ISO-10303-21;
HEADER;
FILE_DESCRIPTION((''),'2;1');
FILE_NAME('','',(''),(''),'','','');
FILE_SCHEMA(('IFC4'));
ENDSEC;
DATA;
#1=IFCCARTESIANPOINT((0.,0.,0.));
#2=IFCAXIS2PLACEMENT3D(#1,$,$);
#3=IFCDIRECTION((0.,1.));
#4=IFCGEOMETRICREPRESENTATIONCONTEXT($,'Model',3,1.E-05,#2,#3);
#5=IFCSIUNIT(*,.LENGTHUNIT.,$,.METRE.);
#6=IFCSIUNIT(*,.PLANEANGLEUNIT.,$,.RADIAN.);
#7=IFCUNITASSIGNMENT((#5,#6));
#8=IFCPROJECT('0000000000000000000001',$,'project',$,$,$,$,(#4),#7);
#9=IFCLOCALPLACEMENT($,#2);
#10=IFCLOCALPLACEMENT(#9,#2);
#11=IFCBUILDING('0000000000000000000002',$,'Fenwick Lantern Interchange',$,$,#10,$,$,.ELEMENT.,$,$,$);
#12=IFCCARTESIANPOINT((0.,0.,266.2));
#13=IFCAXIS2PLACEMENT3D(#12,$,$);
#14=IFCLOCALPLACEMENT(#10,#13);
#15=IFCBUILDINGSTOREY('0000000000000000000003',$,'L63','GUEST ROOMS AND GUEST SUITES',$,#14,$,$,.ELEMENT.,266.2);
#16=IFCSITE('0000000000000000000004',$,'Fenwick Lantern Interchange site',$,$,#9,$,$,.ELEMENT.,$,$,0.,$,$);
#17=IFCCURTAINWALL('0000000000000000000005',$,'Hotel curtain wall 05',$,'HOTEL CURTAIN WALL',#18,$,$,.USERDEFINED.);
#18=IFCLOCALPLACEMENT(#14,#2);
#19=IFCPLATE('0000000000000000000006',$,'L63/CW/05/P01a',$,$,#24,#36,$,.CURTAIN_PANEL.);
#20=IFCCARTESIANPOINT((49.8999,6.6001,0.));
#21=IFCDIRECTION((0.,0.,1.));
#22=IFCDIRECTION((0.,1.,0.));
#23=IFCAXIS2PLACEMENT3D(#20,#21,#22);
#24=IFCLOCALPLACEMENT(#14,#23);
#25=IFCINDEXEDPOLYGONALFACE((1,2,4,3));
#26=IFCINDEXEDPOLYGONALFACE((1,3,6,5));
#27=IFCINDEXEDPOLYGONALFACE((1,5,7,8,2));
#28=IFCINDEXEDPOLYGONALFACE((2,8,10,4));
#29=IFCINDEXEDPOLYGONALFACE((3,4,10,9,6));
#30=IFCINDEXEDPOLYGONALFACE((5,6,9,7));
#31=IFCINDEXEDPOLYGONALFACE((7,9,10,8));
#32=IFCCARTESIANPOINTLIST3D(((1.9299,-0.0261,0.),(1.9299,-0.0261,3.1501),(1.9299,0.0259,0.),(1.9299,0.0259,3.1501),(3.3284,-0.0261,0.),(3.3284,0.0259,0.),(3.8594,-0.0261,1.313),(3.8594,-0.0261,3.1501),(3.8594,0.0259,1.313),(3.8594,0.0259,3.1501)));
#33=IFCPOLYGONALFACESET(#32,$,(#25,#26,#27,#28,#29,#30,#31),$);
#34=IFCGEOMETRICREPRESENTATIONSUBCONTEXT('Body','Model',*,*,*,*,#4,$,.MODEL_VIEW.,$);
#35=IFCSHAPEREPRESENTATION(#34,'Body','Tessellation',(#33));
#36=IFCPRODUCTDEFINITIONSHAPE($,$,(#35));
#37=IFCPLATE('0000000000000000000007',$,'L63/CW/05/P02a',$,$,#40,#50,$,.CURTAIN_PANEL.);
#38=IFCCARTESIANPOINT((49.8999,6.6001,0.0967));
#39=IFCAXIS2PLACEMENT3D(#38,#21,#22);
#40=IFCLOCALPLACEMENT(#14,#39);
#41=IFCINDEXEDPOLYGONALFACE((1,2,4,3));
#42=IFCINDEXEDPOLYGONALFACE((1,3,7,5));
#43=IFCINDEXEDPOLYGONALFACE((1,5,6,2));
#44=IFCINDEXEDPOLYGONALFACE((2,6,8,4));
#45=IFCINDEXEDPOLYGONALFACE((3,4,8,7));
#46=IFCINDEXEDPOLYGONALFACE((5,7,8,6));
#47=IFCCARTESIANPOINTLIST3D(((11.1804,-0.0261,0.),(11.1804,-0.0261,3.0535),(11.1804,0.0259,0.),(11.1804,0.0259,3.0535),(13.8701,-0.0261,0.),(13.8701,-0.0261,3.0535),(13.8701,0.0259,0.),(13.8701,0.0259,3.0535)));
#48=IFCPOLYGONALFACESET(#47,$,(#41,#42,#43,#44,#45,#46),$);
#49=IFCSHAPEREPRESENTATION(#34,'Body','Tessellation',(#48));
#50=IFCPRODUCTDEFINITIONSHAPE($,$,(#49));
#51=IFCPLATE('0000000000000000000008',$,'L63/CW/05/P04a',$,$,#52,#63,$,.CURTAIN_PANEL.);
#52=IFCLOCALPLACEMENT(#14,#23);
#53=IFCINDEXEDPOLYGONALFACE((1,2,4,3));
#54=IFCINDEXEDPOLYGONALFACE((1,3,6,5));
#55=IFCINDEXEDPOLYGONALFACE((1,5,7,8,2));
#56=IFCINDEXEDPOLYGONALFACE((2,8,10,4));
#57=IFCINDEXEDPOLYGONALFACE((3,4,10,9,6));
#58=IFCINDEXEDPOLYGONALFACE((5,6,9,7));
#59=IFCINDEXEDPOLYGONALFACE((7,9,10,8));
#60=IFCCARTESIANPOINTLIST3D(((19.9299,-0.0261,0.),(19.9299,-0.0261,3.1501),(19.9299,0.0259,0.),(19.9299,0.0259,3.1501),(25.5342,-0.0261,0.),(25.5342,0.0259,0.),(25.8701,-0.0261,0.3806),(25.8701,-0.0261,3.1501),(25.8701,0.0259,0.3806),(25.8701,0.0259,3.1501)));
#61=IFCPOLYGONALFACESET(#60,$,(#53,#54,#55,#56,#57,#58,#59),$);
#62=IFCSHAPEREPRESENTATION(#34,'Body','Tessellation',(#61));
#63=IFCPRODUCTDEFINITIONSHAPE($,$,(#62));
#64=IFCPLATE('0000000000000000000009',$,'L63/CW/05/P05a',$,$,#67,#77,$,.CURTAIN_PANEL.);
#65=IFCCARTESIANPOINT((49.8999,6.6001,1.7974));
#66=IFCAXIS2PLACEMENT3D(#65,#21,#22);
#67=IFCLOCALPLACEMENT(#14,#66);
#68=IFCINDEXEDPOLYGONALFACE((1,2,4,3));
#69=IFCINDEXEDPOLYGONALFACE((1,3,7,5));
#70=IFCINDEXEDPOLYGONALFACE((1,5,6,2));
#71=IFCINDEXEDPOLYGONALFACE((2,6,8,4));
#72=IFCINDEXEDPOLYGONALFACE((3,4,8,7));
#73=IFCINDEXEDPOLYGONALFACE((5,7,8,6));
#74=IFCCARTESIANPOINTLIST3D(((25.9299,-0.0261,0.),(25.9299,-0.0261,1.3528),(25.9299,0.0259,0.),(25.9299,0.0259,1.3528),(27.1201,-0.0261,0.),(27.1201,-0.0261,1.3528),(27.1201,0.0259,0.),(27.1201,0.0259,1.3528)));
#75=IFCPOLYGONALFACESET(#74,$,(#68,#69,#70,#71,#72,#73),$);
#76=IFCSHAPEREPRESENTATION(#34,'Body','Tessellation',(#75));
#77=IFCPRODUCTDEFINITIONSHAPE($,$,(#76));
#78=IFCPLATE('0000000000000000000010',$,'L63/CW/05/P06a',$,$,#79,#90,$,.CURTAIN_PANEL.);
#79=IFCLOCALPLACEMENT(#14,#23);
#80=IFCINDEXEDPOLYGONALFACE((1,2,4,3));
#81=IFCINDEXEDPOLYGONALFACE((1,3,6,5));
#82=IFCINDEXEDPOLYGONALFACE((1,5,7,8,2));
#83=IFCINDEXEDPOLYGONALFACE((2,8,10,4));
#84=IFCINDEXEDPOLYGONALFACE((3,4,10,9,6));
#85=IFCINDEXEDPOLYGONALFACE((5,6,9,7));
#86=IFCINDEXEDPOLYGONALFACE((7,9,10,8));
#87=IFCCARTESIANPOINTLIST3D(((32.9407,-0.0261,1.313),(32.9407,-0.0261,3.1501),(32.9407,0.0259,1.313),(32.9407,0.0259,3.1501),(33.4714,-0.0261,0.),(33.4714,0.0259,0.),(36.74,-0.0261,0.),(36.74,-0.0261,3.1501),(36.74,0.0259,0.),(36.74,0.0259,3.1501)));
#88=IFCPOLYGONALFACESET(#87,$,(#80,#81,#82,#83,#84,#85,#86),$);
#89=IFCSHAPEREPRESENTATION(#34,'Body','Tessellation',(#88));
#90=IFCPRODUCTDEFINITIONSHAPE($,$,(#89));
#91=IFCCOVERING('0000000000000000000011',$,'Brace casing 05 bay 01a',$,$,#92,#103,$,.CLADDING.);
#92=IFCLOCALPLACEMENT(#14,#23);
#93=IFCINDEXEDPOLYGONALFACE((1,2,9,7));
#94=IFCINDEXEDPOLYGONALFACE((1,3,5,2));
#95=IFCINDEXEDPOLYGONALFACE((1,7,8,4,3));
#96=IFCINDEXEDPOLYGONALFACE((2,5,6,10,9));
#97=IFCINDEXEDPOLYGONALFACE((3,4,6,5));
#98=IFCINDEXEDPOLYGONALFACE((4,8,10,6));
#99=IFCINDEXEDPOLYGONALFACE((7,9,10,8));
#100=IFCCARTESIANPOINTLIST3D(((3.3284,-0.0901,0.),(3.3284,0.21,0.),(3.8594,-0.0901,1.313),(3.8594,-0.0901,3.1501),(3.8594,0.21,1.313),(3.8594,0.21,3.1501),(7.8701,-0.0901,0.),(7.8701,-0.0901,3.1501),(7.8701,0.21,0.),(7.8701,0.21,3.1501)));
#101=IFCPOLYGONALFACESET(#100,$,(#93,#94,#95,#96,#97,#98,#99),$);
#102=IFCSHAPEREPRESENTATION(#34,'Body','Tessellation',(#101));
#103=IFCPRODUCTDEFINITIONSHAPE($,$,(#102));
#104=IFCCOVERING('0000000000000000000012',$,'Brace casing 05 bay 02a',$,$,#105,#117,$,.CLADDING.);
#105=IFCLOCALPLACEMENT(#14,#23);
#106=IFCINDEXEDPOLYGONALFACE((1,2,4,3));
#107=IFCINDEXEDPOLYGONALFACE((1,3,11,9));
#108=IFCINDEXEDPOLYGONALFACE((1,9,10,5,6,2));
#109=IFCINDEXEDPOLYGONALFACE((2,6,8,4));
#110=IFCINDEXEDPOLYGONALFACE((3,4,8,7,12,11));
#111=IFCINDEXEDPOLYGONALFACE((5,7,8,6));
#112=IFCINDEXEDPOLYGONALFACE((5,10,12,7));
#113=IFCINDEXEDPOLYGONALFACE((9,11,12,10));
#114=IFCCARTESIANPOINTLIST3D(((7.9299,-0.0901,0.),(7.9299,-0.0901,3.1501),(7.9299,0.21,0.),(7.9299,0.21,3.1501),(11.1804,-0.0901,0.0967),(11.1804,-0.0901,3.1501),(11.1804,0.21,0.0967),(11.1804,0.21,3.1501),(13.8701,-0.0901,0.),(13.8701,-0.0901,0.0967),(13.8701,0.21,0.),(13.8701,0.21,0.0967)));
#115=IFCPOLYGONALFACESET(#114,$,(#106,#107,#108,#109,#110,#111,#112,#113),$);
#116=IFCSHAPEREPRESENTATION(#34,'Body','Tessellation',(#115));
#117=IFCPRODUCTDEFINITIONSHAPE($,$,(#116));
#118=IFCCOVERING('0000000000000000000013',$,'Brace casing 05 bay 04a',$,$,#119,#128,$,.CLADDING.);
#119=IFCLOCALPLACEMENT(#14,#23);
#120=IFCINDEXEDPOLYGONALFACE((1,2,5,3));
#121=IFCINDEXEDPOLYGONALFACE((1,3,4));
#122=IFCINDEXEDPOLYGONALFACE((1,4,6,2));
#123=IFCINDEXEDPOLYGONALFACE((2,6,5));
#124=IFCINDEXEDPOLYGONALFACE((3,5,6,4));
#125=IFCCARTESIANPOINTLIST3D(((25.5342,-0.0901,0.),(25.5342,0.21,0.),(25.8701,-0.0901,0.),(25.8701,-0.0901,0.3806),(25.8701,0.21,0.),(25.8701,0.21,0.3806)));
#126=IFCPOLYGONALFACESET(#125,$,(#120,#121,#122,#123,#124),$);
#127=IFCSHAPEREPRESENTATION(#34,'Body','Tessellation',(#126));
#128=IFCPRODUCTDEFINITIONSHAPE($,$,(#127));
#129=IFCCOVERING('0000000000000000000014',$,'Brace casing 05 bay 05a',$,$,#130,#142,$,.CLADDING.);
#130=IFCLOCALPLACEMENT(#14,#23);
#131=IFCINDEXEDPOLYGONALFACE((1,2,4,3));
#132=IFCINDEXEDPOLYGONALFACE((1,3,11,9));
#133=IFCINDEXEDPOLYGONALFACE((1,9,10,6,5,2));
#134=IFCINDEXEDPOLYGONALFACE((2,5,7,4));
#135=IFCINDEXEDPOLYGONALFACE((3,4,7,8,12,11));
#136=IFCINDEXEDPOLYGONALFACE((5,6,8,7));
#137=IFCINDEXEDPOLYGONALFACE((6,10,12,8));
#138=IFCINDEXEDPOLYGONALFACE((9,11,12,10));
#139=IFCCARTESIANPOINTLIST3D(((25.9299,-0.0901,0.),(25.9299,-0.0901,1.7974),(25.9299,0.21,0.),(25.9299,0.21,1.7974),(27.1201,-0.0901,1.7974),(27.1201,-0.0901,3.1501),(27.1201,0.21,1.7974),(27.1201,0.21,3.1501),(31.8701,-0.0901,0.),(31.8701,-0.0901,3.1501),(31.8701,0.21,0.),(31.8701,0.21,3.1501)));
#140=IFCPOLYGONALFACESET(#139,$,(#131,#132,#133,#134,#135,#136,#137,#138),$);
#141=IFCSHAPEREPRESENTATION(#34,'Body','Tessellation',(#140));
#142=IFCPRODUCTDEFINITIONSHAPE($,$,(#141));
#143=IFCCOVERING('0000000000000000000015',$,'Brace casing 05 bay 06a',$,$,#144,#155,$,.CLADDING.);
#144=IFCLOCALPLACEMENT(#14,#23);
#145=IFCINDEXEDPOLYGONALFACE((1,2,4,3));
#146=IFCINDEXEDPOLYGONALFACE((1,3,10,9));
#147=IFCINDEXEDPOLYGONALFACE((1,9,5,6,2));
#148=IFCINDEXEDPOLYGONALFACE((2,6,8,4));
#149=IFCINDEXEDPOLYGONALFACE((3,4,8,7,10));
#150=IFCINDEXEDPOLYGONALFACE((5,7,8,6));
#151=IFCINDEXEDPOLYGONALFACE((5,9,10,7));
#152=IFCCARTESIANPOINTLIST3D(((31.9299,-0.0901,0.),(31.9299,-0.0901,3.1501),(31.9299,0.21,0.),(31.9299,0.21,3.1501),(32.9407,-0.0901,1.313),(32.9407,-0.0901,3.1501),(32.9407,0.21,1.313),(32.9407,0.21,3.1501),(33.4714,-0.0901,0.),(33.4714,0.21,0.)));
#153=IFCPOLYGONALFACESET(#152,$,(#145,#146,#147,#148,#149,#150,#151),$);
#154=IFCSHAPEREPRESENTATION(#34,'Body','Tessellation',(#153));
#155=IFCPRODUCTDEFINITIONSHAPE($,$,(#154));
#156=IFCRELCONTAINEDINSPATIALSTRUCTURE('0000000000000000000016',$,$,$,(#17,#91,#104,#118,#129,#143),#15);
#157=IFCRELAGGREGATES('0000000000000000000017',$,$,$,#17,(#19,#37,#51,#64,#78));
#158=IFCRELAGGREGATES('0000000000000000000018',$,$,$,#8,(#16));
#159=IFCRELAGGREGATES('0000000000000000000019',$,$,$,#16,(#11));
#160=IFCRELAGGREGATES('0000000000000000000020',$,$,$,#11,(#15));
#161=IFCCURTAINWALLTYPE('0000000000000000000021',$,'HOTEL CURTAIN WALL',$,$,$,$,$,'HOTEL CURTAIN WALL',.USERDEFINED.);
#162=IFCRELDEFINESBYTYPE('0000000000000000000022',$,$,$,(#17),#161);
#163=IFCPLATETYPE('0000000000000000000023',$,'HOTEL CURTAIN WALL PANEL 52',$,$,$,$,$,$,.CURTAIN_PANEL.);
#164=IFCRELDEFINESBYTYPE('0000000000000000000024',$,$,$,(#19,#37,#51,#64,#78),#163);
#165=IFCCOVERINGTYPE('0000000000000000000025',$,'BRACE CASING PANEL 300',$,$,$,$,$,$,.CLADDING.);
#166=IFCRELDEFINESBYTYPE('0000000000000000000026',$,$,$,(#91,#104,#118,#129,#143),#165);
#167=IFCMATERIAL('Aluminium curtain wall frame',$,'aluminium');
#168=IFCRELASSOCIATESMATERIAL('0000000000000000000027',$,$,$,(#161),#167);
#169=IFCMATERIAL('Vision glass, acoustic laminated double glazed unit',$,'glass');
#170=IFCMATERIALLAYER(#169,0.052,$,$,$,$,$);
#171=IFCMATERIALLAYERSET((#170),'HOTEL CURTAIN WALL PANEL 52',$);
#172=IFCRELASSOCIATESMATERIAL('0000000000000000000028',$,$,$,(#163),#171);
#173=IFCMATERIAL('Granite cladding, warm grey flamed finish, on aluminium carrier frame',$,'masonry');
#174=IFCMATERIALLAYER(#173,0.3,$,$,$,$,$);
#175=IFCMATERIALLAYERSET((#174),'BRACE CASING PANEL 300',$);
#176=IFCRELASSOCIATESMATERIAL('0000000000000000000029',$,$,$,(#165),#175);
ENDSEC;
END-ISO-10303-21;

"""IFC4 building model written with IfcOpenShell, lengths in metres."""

from ifc_helpers import new_model, si_unit, direction, frame, origin, place, context, subcontext, project, spatial, polyline, outline, extrude, material, layer, layer_set, type_object, element, aggregate, save


model = new_model("IFC4")

# Units and contexts
model_context = context("Model", 3, precision=1e-05, world=origin(), true_north=direction((0.0, 1.0)))
body_context = subcontext(model_context, "Body", "Model", "MODEL_VIEW")
ifc_project = project(units=[si_unit("LENGTHUNIT", "METRE"), si_unit("PLANEANGLEUNIT", "RADIAN")], contexts=[model_context])

# Site, building, storey
site_placement = place(None, origin())
site = spatial("IfcSite", under=ifc_project, at=site_placement, Name="Fenwick Lantern Interchange site", CompositionType="ELEMENT", RefElevation=0.0)
building_placement = place(site_placement, origin())
building = spatial("IfcBuilding", under=site, at=building_placement, Name="Fenwick Lantern Interchange", CompositionType="ELEMENT")
storey_placement = place(building_placement, frame((0.0, 0.0, 266.2)))
storey = spatial("IfcBuildingStorey", under=building, at=storey_placement, Name="L63", Description="GUEST ROOMS AND GUEST SUITES", CompositionType="ELEMENT", Elevation=266.2)

# Shared definitions
ifc_material_1 = material(Name="Aluminium curtain wall frame", Category="aluminium")
curtain_wall_type = type_object("IfcCurtainWallType", Name="HOTEL CURTAIN WALL", ElementType="HOTEL CURTAIN WALL", PredefinedType="USERDEFINED", material=ifc_material_1)

# Curtain wall
curtain_wall_1_placement = place(storey_placement, origin())
curtain_wall_1 = element("IfcCurtainWall", 1, at=curtain_wall_1_placement, inside=storey, type_object=curtain_wall_type, Name="Hotel curtain wall 05", ObjectType="HOTEL CURTAIN WALL", PredefinedType="USERDEFINED")

# Plates
ifc_material_2 = material(Name="Vision glass, acoustic laminated double glazed unit", Category="glass")
ifc_layer_1 = layer(ifc_material_2, 0.052)
ifc_layer_set_1 = layer_set([ifc_layer_1], Name="HOTEL CURTAIN WALL PANEL 52")
plate_type = type_object("IfcPlateType", Name="HOTEL CURTAIN WALL PANEL 52", PredefinedType="CURTAIN_PANEL", material=ifc_layer_set_1)
plate_1_placement = place(storey_placement, frame((49.8999, 6.6001, 0.0), z_axis=(0.0, 0.0, 1.0), x_axis=(0.0, 1.0, 0.0)))
plate_1 = element("IfcPlate", 2, at=plate_1_placement, type_object=plate_type, Name="L63/CW/05/P01a", PredefinedType="CURTAIN_PANEL", context=body_context, shape_type="SweptSolid", body=[
    extrude(outline(polyline([(1.9299, 0.0), (3.3284, 0.0), (3.8594, 1.313), (3.8594, 3.1501), (1.9299, 3.1501), (1.9299, 0.0)])), frame((0.0, 0.0259, 0.0), z_axis=(0.0, -1.0, 0.0), x_axis=(1.0, 0.0, 0.0)), (0.0, 0.0, 1.0), 0.052),
])
plate_2_placement = place(storey_placement, frame((49.8999, 6.6001, 0.0967), z_axis=(0.0, 0.0, 1.0), x_axis=(0.0, 1.0, 0.0)))
plate_2 = element("IfcPlate", 3, at=plate_2_placement, type_object=plate_type, Name="L63/CW/05/P02a", PredefinedType="CURTAIN_PANEL", context=body_context, shape_type="SweptSolid", body=[
    extrude(outline(polyline([(11.1804, 0.0), (13.8701, 0.0), (13.8701, 3.0535), (11.1804, 3.0535), (11.1804, 0.0)])), frame((0.0, 0.0259, 0.0), z_axis=(0.0, -1.0, 0.0), x_axis=(1.0, 0.0, 0.0)), (0.0, 0.0, 1.0), 0.052),
])
plate_3_placement = place(storey_placement, frame((49.8999, 6.6001, 0.0), z_axis=(0.0, 0.0, 1.0), x_axis=(0.0, 1.0, 0.0)))
plate_3 = element("IfcPlate", 4, at=plate_3_placement, type_object=plate_type, Name="L63/CW/05/P04a", PredefinedType="CURTAIN_PANEL", context=body_context, shape_type="SweptSolid", body=[
    extrude(outline(polyline([(19.9299, 0.0), (25.5342, 0.0), (25.8701, 0.3806), (25.8701, 3.1501), (19.9299, 3.1501), (19.9299, 0.0)])), frame((0.0, 0.0259, 0.0), z_axis=(0.0, -1.0, 0.0), x_axis=(1.0, 0.0, 0.0)), (0.0, 0.0, 1.0), 0.052),
])
plate_4_placement = place(storey_placement, frame((49.8999, 6.6001, 1.7974), z_axis=(0.0, 0.0, 1.0), x_axis=(0.0, 1.0, 0.0)))
plate_4 = element("IfcPlate", 5, at=plate_4_placement, type_object=plate_type, Name="L63/CW/05/P05a", PredefinedType="CURTAIN_PANEL", context=body_context, shape_type="SweptSolid", body=[
    extrude(outline(polyline([(25.9299, 0.0), (27.1201, 0.0), (27.1201, 1.3528), (25.9299, 1.3528), (25.9299, 0.0)])), frame((0.0, 0.0259, 0.0), z_axis=(0.0, -1.0, 0.0), x_axis=(1.0, 0.0, 0.0)), (0.0, 0.0, 1.0), 0.052),
])
plate_5_placement = place(storey_placement, frame((49.8999, 6.6001, 0.0), z_axis=(0.0, 0.0, 1.0), x_axis=(0.0, 1.0, 0.0)))
plate_5 = element("IfcPlate", 6, at=plate_5_placement, type_object=plate_type, Name="L63/CW/05/P06a", PredefinedType="CURTAIN_PANEL", context=body_context, shape_type="SweptSolid", body=[
    extrude(outline(polyline([(33.4714, 0.0), (36.74, 0.0), (36.74, 3.1501), (32.9407, 3.1501), (32.9407, 1.313), (33.4714, 0.0)])), frame((0.0, 0.0259, 0.0), z_axis=(0.0, -1.0, 0.0), x_axis=(1.0, 0.0, 0.0)), (0.0, 0.0, 1.0), 0.052),
])
aggregate(curtain_wall_1, [plate_1, plate_2, plate_3, plate_4, plate_5])

# Coverings
ifc_material_3 = material(Name="Granite cladding, warm grey flamed finish, on aluminium carrier frame", Category="masonry")
ifc_layer_2 = layer(ifc_material_3, 0.3)
ifc_layer_set_2 = layer_set([ifc_layer_2], Name="BRACE CASING PANEL 300")
covering_type = type_object("IfcCoveringType", Name="BRACE CASING PANEL 300", PredefinedType="CLADDING", material=ifc_layer_set_2)
covering_1_placement = place(storey_placement, frame((49.8999, 6.6001, 0.0), z_axis=(0.0, 0.0, 1.0), x_axis=(0.0, 1.0, 0.0)))
element("IfcCovering", 7, at=covering_1_placement, inside=storey, type_object=covering_type, Name="Brace casing 05 bay 01a", PredefinedType="CLADDING", context=body_context, shape_type="SweptSolid", body=[
    extrude(outline(polyline([(3.3284, 0.0), (7.8701, 0.0), (7.8701, 3.1501), (3.8594, 3.1501), (3.8594, 1.313), (3.3284, 0.0)])), frame((0.0, 0.21, 0.0), z_axis=(0.0, -1.0, 0.0), x_axis=(1.0, 0.0, 0.0)), (0.0, 0.0, 1.0), 0.3),
])
covering_2_placement = place(storey_placement, frame((49.8999, 6.6001, 0.0), z_axis=(0.0, 0.0, 1.0), x_axis=(0.0, 1.0, 0.0)))
element("IfcCovering", 8, at=covering_2_placement, inside=storey, type_object=covering_type, Name="Brace casing 05 bay 02a", PredefinedType="CLADDING", context=body_context, shape_type="SweptSolid", body=[
    extrude(outline(polyline([(7.9299, 0.0), (13.8701, 0.0), (13.8701, 0.0967), (11.1804, 0.0967), (11.1804, 3.1501), (7.9299, 3.1501), (7.9299, 0.0)])), frame((0.0, 0.21, 0.0), z_axis=(0.0, -1.0, 0.0), x_axis=(1.0, 0.0, 0.0)), (0.0, 0.0, 1.0), 0.3),
])
covering_3_placement = place(storey_placement, frame((49.8999, 6.6001, 0.0), z_axis=(0.0, 0.0, 1.0), x_axis=(0.0, 1.0, 0.0)))
element("IfcCovering", 9, at=covering_3_placement, inside=storey, type_object=covering_type, Name="Brace casing 05 bay 04a", PredefinedType="CLADDING", context=body_context, shape_type="SweptSolid", body=[
    extrude(outline(polyline([(25.5342, 0.0), (25.8701, 0.0), (25.8701, 0.3806), (25.5342, 0.0)])), frame((0.0, 0.21, 0.0), z_axis=(0.0, -1.0, 0.0), x_axis=(1.0, 0.0, 0.0)), (0.0, 0.0, 1.0), 0.3),
])
covering_4_placement = place(storey_placement, frame((49.8999, 6.6001, 0.0), z_axis=(0.0, 0.0, 1.0), x_axis=(0.0, 1.0, 0.0)))
element("IfcCovering", 10, at=covering_4_placement, inside=storey, type_object=covering_type, Name="Brace casing 05 bay 05a", PredefinedType="CLADDING", context=body_context, shape_type="SweptSolid", body=[
    extrude(outline(polyline([(25.9299, 0.0), (31.8701, 0.0), (31.8701, 3.1501), (27.1201, 3.1501), (27.1201, 1.7974), (25.9299, 1.7974), (25.9299, 0.0)])), frame((0.0, 0.21, 0.0), z_axis=(0.0, -1.0, 0.0), x_axis=(1.0, 0.0, 0.0)), (0.0, 0.0, 1.0), 0.3),
])
covering_5_placement = place(storey_placement, frame((49.8999, 6.6001, 0.0), z_axis=(0.0, 0.0, 1.0), x_axis=(0.0, 1.0, 0.0)))
element("IfcCovering", 11, at=covering_5_placement, inside=storey, type_object=covering_type, Name="Brace casing 05 bay 06a", PredefinedType="CLADDING", context=body_context, shape_type="SweptSolid", body=[
    extrude(outline(polyline([(31.9299, 0.0), (33.4714, 0.0), (32.9407, 1.313), (32.9407, 3.1501), (31.9299, 3.1501), (31.9299, 0.0)])), frame((0.0, 0.21, 0.0), z_axis=(0.0, -1.0, 0.0), x_axis=(1.0, 0.0, 0.0)), (0.0, 0.0, 1.0), 0.3),
])

save(model, "model.ifc")
